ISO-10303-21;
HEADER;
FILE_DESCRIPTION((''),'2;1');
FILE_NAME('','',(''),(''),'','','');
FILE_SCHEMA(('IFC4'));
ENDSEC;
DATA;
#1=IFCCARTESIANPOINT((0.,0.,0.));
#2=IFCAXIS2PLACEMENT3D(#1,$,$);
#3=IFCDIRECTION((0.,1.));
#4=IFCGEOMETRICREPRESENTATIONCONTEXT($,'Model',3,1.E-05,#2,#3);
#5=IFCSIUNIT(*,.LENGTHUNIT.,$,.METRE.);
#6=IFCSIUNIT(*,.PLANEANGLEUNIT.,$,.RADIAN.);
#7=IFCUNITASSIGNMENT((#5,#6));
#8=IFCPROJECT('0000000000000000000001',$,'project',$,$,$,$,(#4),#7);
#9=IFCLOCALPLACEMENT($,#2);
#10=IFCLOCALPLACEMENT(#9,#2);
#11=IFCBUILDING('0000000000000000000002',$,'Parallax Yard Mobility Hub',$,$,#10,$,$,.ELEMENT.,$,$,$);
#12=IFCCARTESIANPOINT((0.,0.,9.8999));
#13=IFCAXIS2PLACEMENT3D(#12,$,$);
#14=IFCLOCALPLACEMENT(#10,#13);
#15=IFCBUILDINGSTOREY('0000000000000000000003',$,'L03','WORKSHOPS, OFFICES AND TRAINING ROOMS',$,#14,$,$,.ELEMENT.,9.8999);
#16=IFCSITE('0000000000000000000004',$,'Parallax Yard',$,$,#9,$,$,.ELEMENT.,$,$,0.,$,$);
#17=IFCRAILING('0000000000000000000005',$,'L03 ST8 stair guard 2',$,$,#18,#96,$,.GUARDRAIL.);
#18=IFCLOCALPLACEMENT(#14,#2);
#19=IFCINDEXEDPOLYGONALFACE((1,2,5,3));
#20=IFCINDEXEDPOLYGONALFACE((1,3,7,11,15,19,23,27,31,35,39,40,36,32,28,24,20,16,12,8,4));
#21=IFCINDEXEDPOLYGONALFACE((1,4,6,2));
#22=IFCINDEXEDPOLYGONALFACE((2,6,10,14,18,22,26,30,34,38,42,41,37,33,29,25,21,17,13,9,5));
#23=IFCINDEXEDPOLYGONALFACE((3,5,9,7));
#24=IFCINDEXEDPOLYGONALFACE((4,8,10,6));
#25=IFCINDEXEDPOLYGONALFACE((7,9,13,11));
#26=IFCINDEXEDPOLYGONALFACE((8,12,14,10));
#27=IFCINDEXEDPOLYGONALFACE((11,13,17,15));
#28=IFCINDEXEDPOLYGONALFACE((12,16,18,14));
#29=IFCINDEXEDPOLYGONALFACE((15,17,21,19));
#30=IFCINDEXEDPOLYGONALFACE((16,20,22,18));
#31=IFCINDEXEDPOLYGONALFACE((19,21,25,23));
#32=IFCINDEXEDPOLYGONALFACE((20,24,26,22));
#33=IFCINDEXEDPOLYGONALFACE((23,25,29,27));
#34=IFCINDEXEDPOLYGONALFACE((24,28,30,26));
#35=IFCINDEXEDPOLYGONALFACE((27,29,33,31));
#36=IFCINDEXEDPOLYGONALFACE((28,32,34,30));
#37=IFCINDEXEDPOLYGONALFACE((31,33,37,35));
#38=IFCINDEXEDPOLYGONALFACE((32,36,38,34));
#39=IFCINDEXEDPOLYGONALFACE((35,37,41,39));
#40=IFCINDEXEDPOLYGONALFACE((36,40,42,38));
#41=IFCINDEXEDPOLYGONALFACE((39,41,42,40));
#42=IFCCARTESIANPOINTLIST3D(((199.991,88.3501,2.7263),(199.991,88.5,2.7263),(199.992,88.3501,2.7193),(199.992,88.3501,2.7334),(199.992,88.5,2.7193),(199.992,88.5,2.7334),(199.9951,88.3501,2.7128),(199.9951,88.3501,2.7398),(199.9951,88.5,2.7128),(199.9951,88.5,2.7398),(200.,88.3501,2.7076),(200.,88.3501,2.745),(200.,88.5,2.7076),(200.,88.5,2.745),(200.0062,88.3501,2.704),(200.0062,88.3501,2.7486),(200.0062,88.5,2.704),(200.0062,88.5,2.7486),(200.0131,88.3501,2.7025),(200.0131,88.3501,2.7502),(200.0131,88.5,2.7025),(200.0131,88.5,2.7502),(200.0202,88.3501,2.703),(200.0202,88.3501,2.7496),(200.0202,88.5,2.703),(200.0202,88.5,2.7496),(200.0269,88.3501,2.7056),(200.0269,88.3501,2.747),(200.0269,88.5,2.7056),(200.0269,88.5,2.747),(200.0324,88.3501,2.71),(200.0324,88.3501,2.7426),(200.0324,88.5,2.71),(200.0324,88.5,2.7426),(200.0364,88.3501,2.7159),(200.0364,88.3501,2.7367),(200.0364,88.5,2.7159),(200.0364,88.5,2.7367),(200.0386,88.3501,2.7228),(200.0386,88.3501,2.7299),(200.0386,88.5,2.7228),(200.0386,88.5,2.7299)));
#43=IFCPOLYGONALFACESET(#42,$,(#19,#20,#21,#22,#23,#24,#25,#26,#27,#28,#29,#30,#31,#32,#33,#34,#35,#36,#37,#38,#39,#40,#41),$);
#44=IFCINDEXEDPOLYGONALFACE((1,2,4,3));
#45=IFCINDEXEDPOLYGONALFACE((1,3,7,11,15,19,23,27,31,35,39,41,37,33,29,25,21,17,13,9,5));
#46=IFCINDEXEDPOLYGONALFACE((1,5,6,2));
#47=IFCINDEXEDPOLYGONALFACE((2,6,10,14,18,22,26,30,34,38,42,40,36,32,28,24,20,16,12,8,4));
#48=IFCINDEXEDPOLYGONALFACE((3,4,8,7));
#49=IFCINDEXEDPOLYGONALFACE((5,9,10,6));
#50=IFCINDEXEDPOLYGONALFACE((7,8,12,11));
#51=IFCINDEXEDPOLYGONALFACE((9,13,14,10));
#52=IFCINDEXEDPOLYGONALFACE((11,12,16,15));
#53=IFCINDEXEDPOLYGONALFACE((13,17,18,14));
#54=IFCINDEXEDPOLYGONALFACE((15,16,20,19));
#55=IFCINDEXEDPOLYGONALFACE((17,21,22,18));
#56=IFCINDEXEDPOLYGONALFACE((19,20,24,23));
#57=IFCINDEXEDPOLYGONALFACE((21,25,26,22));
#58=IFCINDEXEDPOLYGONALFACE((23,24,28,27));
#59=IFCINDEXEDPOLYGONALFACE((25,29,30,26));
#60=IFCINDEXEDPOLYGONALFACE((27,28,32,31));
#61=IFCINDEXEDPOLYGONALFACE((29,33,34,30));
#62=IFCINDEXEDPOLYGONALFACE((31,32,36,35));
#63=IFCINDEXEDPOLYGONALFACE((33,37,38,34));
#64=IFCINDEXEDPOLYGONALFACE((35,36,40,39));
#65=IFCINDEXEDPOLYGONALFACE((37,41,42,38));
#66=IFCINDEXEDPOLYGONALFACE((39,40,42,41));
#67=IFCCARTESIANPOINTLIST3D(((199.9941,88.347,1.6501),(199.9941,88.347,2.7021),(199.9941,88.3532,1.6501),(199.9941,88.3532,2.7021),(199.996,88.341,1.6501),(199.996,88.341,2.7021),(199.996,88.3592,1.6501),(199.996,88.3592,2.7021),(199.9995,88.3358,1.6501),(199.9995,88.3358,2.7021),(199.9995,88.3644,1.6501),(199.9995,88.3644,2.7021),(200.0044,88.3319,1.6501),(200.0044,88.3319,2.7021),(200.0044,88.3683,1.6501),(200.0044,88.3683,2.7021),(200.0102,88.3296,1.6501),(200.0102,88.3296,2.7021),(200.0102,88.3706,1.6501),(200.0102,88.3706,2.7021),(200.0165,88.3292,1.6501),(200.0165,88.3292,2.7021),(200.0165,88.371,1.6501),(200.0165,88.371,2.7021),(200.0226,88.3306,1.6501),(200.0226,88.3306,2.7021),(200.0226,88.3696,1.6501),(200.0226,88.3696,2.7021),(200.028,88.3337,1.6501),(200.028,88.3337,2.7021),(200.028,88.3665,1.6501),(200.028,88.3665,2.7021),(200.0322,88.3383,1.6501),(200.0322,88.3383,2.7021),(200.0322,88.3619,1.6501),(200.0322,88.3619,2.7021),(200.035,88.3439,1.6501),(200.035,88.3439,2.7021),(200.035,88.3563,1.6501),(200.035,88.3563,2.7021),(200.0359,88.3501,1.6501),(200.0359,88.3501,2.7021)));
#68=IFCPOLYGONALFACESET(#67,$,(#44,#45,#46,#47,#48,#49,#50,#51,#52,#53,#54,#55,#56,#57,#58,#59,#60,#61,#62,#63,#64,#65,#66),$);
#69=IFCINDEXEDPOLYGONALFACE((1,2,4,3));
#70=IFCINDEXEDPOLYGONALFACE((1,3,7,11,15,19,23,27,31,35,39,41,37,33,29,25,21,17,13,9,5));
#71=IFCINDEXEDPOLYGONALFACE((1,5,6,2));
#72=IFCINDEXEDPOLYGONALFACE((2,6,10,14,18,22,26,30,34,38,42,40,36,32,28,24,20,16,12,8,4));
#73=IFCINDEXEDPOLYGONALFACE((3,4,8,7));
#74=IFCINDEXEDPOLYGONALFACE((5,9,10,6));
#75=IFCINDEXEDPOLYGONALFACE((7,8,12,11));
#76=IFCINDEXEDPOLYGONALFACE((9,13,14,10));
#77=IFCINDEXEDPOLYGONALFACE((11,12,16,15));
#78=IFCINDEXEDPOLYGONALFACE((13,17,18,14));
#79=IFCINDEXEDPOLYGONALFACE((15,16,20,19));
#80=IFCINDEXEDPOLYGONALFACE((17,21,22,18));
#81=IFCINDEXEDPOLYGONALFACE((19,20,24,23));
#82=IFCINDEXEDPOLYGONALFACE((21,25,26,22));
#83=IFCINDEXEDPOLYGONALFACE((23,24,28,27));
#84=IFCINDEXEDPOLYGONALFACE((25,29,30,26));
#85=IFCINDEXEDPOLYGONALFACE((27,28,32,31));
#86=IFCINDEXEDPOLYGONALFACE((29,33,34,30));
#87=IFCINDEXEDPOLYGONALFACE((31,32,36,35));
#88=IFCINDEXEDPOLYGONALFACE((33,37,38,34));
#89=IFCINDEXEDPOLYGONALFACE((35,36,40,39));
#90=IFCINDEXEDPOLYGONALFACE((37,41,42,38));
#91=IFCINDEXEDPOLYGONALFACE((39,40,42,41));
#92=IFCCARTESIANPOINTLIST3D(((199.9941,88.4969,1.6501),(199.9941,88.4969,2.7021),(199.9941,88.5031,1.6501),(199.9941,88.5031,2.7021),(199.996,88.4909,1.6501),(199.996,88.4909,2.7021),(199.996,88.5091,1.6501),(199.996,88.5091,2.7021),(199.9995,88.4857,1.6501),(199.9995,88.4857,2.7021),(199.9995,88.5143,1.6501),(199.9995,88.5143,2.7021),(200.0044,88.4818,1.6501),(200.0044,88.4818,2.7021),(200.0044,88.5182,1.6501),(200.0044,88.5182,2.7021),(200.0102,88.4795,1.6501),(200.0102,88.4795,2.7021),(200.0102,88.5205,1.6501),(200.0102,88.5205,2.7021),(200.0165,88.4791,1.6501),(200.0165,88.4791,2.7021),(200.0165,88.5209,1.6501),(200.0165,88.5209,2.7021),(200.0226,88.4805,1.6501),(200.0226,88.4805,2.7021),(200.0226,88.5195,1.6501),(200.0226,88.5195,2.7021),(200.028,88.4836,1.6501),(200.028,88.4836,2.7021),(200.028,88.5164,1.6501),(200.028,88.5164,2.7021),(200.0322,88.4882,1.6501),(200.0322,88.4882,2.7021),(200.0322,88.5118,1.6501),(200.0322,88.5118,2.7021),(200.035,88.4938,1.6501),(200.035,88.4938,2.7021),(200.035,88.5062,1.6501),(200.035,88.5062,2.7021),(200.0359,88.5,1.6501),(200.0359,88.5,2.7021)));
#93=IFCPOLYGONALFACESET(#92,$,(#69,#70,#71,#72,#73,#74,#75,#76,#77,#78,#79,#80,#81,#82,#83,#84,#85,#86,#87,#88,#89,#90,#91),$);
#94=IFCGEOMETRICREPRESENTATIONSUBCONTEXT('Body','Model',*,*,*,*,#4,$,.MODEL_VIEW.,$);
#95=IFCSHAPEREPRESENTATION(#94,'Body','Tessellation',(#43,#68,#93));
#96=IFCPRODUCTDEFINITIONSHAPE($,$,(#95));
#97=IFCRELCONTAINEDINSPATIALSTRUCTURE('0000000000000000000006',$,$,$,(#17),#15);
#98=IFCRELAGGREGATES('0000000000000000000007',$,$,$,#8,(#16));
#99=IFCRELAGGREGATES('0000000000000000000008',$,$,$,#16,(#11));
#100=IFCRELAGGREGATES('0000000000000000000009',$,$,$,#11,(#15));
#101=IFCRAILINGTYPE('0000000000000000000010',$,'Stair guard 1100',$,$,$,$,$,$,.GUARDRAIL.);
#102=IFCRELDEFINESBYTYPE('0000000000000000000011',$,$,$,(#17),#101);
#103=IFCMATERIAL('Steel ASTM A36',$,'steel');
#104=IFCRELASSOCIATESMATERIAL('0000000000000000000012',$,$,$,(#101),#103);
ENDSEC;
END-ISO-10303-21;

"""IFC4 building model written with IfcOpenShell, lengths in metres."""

from ifc_helpers import new_model, si_unit, direction, frame, origin, origin_2d, place, context, subcontext, project, spatial, circle, extrude, material, type_object, element, save


model = new_model("IFC4")

# Units and contexts
model_context = context("Model", 3, precision=1e-05, world=origin(), true_north=direction((0.0, 1.0)))
body_context = subcontext(model_context, "Body", "Model", "MODEL_VIEW")
ifc_project = project(units=[si_unit("LENGTHUNIT", "METRE"), si_unit("PLANEANGLEUNIT", "RADIAN")], contexts=[model_context])

# Site, building, storey
site_placement = place(None, origin())
site = spatial("IfcSite", under=ifc_project, at=site_placement, Name="Parallax Yard", CompositionType="ELEMENT", RefElevation=0.0)
building_placement = place(site_placement, origin())
building = spatial("IfcBuilding", under=site, at=building_placement, Name="Parallax Yard Mobility Hub", CompositionType="ELEMENT")
storey_placement = place(building_placement, frame((0.0, 0.0, 9.8999)))
storey = spatial("IfcBuildingStorey", under=building, at=storey_placement, Name="L03", Description="WORKSHOPS, OFFICES AND TRAINING ROOMS", CompositionType="ELEMENT", Elevation=9.8999)

# Railing
ifc_material_1 = material(Name="Steel ASTM A36", Category="steel")
railing_type_1 = type_object("IfcRailingType", Name="Stair guard 1100", PredefinedType="GUARDRAIL", material=ifc_material_1)
railing_1_placement = place(storey_placement, frame((200.0149, 88.3501, 1.6501)))
element("IfcRailing", 1, at=railing_1_placement, inside=storey, type_object=railing_type_1, Name="L03 ST8 stair guard 2", PredefinedType="GUARDRAIL", context=body_context, shape_type="SweptSolid", body=[
    extrude(circle(Radius=0.0239, at=origin_2d()), frame((0.0, 0.0, 1.0762), z_axis=(0.0, 1.0, 0.0), x_axis=(-1.0, 0.0, 0.0)), (0.0, 0.0, 1.0), 0.1499),
    extrude(circle(Radius=0.021, at=origin_2d()), origin(), (0.0, 0.0, 1.0), 1.052),
    extrude(circle(Radius=0.021, at=origin_2d()), frame((0.0, 0.1499, 0.0)), (0.0, 0.0, 1.0), 1.052),
])

save(model, "model.ifc")
